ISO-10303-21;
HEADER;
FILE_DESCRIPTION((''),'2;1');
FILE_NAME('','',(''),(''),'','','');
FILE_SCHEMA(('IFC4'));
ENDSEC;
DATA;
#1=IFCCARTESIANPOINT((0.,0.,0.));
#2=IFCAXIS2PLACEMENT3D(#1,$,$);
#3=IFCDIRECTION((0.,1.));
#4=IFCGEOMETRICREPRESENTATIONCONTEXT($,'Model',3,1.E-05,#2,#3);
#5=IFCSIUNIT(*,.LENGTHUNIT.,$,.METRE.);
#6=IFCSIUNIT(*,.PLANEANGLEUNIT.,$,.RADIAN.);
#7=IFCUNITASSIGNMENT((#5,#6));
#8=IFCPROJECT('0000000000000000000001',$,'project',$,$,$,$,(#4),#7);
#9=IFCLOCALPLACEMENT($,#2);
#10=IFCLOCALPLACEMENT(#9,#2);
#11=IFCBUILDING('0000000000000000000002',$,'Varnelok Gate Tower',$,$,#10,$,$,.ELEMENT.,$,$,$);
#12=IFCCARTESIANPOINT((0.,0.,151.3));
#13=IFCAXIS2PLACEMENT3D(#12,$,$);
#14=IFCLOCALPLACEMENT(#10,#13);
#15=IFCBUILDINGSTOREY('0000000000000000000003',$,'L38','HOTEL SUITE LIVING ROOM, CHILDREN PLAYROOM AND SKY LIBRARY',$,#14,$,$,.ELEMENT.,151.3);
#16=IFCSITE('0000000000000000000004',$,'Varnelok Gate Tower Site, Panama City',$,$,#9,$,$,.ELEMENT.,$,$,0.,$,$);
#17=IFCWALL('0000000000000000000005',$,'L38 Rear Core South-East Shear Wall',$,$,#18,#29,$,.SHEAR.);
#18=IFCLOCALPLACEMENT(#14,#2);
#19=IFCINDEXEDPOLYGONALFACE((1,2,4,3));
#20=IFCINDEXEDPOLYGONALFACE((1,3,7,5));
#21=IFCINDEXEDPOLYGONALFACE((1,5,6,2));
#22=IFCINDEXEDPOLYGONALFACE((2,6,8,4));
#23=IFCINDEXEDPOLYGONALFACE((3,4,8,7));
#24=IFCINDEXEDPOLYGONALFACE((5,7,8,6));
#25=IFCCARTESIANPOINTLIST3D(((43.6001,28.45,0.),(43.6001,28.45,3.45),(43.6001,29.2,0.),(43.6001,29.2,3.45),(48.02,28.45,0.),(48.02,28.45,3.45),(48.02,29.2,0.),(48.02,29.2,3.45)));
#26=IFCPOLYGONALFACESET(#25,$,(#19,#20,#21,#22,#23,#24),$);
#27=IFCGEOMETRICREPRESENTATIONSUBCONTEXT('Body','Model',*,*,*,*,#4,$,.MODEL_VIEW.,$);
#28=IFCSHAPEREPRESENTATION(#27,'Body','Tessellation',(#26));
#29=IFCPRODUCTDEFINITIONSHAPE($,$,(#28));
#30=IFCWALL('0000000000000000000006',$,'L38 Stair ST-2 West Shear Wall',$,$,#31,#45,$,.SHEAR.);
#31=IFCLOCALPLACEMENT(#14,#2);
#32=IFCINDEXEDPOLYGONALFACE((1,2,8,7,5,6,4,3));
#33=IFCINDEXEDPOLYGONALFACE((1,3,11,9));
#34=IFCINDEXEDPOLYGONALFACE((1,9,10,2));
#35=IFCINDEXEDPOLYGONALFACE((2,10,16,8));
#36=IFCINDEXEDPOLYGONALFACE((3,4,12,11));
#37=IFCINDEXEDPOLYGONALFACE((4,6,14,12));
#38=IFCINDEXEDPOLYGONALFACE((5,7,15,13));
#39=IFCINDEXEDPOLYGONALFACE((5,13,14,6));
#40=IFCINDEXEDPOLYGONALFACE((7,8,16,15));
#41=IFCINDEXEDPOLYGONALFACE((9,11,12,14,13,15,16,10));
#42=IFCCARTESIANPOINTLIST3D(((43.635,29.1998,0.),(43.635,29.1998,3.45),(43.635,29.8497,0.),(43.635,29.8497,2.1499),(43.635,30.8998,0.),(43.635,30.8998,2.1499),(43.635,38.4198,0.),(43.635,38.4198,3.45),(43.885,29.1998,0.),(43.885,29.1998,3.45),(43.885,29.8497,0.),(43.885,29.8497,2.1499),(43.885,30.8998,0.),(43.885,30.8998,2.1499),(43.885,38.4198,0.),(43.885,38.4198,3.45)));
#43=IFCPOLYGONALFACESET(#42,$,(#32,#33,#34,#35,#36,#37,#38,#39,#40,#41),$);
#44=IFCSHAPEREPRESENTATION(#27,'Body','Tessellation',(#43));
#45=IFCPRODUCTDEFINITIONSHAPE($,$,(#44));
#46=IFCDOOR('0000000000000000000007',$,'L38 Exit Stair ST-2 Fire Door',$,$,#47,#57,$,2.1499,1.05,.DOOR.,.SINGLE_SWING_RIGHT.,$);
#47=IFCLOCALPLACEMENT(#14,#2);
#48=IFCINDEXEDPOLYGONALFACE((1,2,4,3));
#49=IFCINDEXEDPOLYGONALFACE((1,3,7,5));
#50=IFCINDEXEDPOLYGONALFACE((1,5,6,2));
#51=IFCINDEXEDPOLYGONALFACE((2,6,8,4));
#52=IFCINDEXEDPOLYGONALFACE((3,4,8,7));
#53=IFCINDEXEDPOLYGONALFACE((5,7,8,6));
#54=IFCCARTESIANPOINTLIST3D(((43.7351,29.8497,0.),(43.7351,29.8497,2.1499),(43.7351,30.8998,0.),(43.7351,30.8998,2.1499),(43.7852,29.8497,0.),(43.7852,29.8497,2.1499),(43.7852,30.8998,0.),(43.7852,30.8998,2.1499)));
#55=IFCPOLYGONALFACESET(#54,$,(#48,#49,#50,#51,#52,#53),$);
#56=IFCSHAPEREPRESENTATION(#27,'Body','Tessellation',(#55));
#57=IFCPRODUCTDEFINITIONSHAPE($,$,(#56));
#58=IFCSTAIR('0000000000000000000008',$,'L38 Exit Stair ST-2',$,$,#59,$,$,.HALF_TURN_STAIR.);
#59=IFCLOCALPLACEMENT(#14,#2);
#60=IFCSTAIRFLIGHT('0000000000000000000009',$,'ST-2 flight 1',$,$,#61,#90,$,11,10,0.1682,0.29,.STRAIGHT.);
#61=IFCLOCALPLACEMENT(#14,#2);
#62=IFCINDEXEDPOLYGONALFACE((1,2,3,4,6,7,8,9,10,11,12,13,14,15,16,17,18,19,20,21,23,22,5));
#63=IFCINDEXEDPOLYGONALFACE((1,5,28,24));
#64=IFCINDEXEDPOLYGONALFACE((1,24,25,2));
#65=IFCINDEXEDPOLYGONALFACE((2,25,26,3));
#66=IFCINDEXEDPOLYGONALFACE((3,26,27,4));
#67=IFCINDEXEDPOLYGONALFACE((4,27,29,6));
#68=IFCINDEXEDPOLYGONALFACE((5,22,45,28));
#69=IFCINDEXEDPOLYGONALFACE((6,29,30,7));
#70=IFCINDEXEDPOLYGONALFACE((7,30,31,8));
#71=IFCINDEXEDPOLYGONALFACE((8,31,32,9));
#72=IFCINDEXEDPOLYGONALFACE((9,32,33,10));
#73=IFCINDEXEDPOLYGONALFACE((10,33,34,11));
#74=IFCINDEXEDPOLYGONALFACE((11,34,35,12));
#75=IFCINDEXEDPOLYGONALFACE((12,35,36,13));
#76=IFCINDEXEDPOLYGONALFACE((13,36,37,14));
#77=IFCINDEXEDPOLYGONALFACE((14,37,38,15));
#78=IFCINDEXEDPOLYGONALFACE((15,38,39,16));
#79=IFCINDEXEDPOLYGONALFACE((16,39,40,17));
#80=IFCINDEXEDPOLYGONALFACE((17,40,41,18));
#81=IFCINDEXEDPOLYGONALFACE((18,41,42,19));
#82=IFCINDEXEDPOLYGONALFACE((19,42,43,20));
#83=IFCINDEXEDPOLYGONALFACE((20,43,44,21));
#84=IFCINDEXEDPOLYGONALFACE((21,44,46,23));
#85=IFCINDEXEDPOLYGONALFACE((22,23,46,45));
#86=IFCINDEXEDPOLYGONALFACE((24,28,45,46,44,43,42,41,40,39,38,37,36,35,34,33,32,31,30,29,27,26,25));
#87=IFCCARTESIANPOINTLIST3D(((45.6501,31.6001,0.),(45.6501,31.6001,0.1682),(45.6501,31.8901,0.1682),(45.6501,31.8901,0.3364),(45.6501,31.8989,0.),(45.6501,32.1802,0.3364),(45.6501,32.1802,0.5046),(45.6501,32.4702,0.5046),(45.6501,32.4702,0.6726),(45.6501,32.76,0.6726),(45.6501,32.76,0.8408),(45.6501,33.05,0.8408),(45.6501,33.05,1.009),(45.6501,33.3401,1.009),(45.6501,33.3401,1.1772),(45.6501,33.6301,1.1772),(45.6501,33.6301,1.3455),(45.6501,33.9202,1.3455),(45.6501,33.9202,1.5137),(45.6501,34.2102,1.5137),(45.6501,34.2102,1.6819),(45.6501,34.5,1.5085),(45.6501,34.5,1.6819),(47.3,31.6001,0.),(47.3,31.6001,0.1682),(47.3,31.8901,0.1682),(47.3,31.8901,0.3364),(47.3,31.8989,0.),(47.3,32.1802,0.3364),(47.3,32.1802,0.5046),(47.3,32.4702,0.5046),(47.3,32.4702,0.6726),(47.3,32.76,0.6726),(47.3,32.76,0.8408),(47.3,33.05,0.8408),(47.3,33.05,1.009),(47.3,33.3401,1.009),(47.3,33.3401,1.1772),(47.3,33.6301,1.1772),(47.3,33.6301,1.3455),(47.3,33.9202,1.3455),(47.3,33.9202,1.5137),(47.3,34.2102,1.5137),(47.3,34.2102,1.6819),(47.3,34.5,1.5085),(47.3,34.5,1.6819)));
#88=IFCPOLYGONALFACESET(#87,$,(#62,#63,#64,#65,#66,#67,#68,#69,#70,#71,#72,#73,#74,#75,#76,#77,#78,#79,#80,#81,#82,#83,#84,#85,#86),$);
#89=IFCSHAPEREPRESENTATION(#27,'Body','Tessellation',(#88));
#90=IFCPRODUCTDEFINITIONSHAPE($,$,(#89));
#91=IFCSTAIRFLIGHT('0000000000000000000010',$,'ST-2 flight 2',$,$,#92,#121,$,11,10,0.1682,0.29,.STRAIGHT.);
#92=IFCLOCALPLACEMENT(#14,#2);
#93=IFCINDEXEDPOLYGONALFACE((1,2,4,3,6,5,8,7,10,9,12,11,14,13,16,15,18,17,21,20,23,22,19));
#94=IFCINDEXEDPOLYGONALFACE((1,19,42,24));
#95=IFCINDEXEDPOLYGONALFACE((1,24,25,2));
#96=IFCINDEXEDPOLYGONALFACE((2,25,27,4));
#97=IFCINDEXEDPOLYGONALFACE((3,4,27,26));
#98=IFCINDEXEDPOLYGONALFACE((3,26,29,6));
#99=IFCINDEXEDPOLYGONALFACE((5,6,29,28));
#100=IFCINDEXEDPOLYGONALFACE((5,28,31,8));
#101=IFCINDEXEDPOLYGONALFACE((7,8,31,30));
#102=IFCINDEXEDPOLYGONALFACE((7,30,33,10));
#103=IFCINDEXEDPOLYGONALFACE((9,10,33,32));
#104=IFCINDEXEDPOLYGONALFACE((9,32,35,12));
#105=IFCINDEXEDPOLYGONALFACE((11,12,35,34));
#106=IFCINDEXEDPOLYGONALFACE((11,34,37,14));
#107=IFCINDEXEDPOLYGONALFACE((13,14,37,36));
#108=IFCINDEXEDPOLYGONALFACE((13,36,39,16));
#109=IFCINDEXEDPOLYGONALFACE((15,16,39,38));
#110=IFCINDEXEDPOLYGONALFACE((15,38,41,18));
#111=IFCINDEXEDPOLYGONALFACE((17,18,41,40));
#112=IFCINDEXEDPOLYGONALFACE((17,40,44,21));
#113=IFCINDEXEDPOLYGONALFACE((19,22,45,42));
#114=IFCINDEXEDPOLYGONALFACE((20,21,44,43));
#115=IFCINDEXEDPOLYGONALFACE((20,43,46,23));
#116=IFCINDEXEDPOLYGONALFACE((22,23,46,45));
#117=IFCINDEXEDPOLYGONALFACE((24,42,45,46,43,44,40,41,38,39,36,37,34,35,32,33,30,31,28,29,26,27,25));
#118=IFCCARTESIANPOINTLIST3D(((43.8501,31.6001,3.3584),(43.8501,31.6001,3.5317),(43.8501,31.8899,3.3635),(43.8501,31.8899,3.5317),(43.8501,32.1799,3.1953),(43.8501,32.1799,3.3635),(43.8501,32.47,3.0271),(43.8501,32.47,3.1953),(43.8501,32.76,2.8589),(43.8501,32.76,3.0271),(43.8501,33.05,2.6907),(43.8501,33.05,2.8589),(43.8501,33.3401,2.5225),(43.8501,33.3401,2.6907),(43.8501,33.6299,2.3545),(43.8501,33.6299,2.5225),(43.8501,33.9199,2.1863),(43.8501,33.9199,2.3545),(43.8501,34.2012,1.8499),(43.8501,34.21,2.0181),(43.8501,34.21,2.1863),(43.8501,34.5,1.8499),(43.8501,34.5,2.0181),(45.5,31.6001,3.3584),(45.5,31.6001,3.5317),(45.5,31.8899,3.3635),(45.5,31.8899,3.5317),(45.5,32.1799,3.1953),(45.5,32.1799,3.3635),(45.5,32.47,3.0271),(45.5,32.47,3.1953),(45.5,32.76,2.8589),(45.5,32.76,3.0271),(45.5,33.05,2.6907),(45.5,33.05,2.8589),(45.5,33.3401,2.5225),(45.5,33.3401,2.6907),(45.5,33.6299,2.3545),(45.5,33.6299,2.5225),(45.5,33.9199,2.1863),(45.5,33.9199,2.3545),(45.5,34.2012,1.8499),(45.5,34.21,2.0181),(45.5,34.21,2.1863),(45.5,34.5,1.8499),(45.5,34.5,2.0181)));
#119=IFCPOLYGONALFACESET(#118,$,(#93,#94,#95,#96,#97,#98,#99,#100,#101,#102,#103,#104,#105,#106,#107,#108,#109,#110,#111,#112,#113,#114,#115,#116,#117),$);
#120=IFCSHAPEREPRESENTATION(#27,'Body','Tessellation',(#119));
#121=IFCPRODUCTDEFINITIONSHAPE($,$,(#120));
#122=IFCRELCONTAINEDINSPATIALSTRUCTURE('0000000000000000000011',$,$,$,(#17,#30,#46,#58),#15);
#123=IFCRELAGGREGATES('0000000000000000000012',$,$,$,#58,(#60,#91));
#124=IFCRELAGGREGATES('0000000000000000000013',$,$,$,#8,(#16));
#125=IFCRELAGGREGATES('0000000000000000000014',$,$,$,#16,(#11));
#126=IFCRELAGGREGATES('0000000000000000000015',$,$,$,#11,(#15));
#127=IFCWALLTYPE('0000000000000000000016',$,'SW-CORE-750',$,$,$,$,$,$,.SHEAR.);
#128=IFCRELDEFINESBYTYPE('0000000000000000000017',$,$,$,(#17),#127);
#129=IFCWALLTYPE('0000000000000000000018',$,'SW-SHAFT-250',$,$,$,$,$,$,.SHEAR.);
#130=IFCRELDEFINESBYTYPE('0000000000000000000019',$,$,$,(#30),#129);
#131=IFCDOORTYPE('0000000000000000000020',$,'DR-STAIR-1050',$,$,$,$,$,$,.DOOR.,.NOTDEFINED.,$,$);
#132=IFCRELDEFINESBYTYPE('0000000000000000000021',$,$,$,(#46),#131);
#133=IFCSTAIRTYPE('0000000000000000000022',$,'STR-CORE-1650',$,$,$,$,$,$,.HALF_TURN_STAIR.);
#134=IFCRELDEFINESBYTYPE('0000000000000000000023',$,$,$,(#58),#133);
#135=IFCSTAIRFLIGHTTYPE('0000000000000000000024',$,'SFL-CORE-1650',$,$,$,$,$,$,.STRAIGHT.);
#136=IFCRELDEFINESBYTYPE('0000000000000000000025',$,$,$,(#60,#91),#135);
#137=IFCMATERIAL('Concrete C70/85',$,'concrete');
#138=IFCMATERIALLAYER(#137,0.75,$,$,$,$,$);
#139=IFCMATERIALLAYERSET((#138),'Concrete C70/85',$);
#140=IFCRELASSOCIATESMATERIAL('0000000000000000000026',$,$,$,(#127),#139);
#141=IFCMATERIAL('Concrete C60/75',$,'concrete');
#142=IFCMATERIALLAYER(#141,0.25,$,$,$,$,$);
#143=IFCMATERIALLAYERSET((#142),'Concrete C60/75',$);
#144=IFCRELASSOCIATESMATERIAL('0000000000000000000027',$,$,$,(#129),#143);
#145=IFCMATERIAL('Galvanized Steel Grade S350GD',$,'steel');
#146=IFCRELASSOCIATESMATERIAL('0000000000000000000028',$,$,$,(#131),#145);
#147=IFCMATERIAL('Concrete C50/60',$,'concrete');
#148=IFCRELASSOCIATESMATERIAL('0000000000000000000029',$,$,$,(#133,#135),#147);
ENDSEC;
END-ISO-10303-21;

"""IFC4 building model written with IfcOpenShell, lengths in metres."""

from ifc_helpers import new_model, si_unit, direction, frame, frame_2d, origin, place, context, subcontext, project, spatial, polyline, rectangle, outline, extrude, material, layer, layer_set, type_object, element, fill, aggregate, save


model = new_model("IFC4")

# Units and contexts
model_context = context("Model", 3, precision=1e-05, world=origin(), true_north=direction((0.0, 1.0)))
body_context = subcontext(model_context, "Body", "Model", "MODEL_VIEW")
ifc_project = project(units=[si_unit("LENGTHUNIT", "METRE"), si_unit("PLANEANGLEUNIT", "RADIAN")], contexts=[model_context])

# Site, building, storey
site_placement = place(None, origin())
site = spatial("IfcSite", under=ifc_project, at=site_placement, Name="Varnelok Gate Tower Site, Panama City", CompositionType="ELEMENT", RefElevation=0.0)
building_placement = place(site_placement, origin())
building = spatial("IfcBuilding", under=site, at=building_placement, Name="Varnelok Gate Tower", CompositionType="ELEMENT")
storey_placement = place(building_placement, frame((0.0, 0.0, 151.3)))
storey = spatial("IfcBuildingStorey", under=building, at=storey_placement, Name="L38", Description="HOTEL SUITE LIVING ROOM, CHILDREN PLAYROOM AND SKY LIBRARY", CompositionType="ELEMENT", Elevation=151.3)

# Shared definitions
ifc_material_1 = material(Name="Concrete C60/75", Category="concrete")

# Shared definitions
ifc_material_2 = material(Name="Galvanized Steel Grade S350GD", Category="steel")

# Wall
ifc_material_3 = material(Name="Concrete C70/85", Category="concrete")
ifc_layer_1 = layer(ifc_material_3, 0.75)
ifc_layer_set_1 = layer_set([ifc_layer_1], Name="Concrete C70/85")
wall_type_1 = type_object("IfcWallType", Name="SW-CORE-750", PredefinedType="SHEAR", material=ifc_layer_set_1)
wall_1_placement = place(storey_placement, frame((43.6001, 28.825, 0.0), z_axis=(0.0, 0.0, 1.0), x_axis=(1.0, 0.0, 0.0)))
element("IfcWall", 1, at=wall_1_placement, inside=storey, type_object=wall_type_1, Name="L38 Rear Core South-East Shear Wall", PredefinedType="SHEAR", context=body_context, shape_type="SweptSolid", body=[
    extrude(rectangle(XDim=4.4199, YDim=0.75, at=frame_2d((2.21, 0.0))), origin(), (0.0, 0.0, 1.0), 3.45),
])

# Wall, opening, door
ifc_layer_2 = layer(ifc_material_1, 0.25)
ifc_layer_set_2 = layer_set([ifc_layer_2], Name="Concrete C60/75")
wall_type_2 = type_object("IfcWallType", Name="SW-SHAFT-250", PredefinedType="SHEAR", material=ifc_layer_set_2)
wall_2_placement = place(storey_placement, frame((43.76, 29.2, 0.0), z_axis=(0.0, 0.0, 1.0), x_axis=(0.0, 1.0, 0.0)))
wall_2 = element("IfcWall", 2, at=wall_2_placement, inside=storey, type_object=wall_type_2, Name="L38 Stair ST-2 West Shear Wall", PredefinedType="SHEAR", context=body_context, shape_type="SweptSolid", body=[
    extrude(rectangle(XDim=9.22, YDim=0.25, at=frame_2d((4.6099, 0.0))), origin(), (0.0, 0.0, 1.0), 3.45),
])
opening_1_placement = place(wall_2_placement, frame((0.6499, 0.0, 0.0)))
opening_1 = element("IfcOpeningElement", 3, at=opening_1_placement, cuts=wall_2, PredefinedType="OPENING", context=body_context, shape_type="SweptSolid", body=[
    extrude(rectangle(XDim=1.05, YDim=2.1499, at=frame_2d((0.5249, 1.075))), frame((0.0, 0.135, 0.0), z_axis=(0.0, -1.0, 0.0), x_axis=(1.0, 0.0, 0.0)), (0.0, 0.0, 1.0), 0.27),
])
door_type_1 = type_object("IfcDoorType", Name="DR-STAIR-1050", OperationType="NOTDEFINED", PredefinedType="DOOR", material=ifc_material_2)
door_1_placement = place(opening_1_placement, origin())
door_1 = element("IfcDoor", 4, at=door_1_placement, inside=storey, type_object=door_type_1, Name="L38 Exit Stair ST-2 Fire Door", OperationType="SINGLE_SWING_RIGHT", OverallHeight=2.1499, OverallWidth=1.05, PredefinedType="DOOR", context=body_context, shape_type="SweptSolid", body=[
    extrude(rectangle(XDim=1.05, YDim=2.1499, at=frame_2d((0.5249, 1.075))), frame((0.0, 0.0249, 0.0), z_axis=(0.0, -1.0, 0.0), x_axis=(1.0, 0.0, 0.0)), (0.0, 0.0, 1.0), 0.05),
])
fill(opening_1, door_1)

# Stair, stair flights
ifc_material_4 = material(Name="Concrete C50/60", Category="concrete")
stair_type = type_object("IfcStairType", Name="STR-CORE-1650", PredefinedType="HALF_TURN_STAIR", material=ifc_material_4)
stair_placement = place(storey_placement, origin())
stair = element("IfcStair", 5, at=stair_placement, inside=storey, type_object=stair_type, Name="L38 Exit Stair ST-2", PredefinedType="HALF_TURN_STAIR")
stair_flight_type = type_object("IfcStairFlightType", Name="SFL-CORE-1650", PredefinedType="STRAIGHT", material=ifc_material_4)
stair_flight_1_placement = place(storey_placement, frame((46.4751, 31.6001, 0.0), z_axis=(0.0, 0.0, 1.0), x_axis=(0.0, 1.0, 0.0)))
stair_flight_1 = element("IfcStairFlight", 6, at=stair_flight_1_placement, type_object=stair_flight_type, Name="ST-2 flight 1", NumberOfRisers=11, NumberOfTreads=10, PredefinedType="STRAIGHT", RiserHeight=0.1682, TreadLength=0.29, context=body_context, shape_type="SweptSolid", body=[
    extrude(outline(polyline([(0.0, 0.0), (0.0, 0.1682), (0.29, 0.1682), (0.29, 0.3364), (0.5801, 0.3364), (0.5801, 0.5046), (0.8701, 0.5046), (0.8701, 0.6726), (1.1599, 0.6726), (1.1599, 0.8408), (1.45, 0.8408), (1.45, 1.009), (1.74, 1.009), (1.74, 1.1772), (2.03, 1.1772), (2.03, 1.3455), (2.3201, 1.3455), (2.3201, 1.5137), (2.6101, 1.5137), (2.6101, 1.6819), (2.8999, 1.6819), (2.8999, 1.8501), (2.8999, 1.5085), (0.2988, 0.0), (0.0, 0.0)])), frame((0.0, 0.825, 0.0), z_axis=(0.0, -1.0, 0.0), x_axis=(1.0, 0.0, 0.0)), (0.0, 0.0, 1.0), 1.6499),
])
stair_flight_2_placement = place(storey_placement, frame((44.675, 34.5, 1.8499), z_axis=(0.0, 0.0, 1.0), x_axis=(0.0, -1.0, 0.0)))
stair_flight_2 = element("IfcStairFlight", 7, at=stair_flight_2_placement, type_object=stair_flight_type, Name="ST-2 flight 2", NumberOfRisers=11, NumberOfTreads=10, PredefinedType="STRAIGHT", RiserHeight=0.1682, TreadLength=0.29, context=body_context, shape_type="SweptSolid", body=[
    extrude(outline(polyline([(0.0, 0.0), (0.0, 0.1682), (0.29, 0.1682), (0.29, 0.3364), (0.5801, 0.3364), (0.5801, 0.5046), (0.8701, 0.5046), (0.8701, 0.6726), (1.1599, 0.6726), (1.1599, 0.8408), (1.45, 0.8408), (1.45, 1.009), (1.74, 1.009), (1.74, 1.1772), (2.03, 1.1772), (2.03, 1.3455), (2.3201, 1.3455), (2.3201, 1.5137), (2.6101, 1.5137), (2.6101, 1.6819), (2.8999, 1.6819), (2.8999, 1.8501), (2.8999, 1.5085), (0.2988, 0.0), (0.0, 0.0)])), frame((0.0, 0.825, 0.0), z_axis=(0.0, -1.0, 0.0), x_axis=(1.0, 0.0, 0.0)), (0.0, 0.0, 1.0), 1.6499),
])
aggregate(stair, [stair_flight_1, stair_flight_2])

save(model, "model.ifc")
